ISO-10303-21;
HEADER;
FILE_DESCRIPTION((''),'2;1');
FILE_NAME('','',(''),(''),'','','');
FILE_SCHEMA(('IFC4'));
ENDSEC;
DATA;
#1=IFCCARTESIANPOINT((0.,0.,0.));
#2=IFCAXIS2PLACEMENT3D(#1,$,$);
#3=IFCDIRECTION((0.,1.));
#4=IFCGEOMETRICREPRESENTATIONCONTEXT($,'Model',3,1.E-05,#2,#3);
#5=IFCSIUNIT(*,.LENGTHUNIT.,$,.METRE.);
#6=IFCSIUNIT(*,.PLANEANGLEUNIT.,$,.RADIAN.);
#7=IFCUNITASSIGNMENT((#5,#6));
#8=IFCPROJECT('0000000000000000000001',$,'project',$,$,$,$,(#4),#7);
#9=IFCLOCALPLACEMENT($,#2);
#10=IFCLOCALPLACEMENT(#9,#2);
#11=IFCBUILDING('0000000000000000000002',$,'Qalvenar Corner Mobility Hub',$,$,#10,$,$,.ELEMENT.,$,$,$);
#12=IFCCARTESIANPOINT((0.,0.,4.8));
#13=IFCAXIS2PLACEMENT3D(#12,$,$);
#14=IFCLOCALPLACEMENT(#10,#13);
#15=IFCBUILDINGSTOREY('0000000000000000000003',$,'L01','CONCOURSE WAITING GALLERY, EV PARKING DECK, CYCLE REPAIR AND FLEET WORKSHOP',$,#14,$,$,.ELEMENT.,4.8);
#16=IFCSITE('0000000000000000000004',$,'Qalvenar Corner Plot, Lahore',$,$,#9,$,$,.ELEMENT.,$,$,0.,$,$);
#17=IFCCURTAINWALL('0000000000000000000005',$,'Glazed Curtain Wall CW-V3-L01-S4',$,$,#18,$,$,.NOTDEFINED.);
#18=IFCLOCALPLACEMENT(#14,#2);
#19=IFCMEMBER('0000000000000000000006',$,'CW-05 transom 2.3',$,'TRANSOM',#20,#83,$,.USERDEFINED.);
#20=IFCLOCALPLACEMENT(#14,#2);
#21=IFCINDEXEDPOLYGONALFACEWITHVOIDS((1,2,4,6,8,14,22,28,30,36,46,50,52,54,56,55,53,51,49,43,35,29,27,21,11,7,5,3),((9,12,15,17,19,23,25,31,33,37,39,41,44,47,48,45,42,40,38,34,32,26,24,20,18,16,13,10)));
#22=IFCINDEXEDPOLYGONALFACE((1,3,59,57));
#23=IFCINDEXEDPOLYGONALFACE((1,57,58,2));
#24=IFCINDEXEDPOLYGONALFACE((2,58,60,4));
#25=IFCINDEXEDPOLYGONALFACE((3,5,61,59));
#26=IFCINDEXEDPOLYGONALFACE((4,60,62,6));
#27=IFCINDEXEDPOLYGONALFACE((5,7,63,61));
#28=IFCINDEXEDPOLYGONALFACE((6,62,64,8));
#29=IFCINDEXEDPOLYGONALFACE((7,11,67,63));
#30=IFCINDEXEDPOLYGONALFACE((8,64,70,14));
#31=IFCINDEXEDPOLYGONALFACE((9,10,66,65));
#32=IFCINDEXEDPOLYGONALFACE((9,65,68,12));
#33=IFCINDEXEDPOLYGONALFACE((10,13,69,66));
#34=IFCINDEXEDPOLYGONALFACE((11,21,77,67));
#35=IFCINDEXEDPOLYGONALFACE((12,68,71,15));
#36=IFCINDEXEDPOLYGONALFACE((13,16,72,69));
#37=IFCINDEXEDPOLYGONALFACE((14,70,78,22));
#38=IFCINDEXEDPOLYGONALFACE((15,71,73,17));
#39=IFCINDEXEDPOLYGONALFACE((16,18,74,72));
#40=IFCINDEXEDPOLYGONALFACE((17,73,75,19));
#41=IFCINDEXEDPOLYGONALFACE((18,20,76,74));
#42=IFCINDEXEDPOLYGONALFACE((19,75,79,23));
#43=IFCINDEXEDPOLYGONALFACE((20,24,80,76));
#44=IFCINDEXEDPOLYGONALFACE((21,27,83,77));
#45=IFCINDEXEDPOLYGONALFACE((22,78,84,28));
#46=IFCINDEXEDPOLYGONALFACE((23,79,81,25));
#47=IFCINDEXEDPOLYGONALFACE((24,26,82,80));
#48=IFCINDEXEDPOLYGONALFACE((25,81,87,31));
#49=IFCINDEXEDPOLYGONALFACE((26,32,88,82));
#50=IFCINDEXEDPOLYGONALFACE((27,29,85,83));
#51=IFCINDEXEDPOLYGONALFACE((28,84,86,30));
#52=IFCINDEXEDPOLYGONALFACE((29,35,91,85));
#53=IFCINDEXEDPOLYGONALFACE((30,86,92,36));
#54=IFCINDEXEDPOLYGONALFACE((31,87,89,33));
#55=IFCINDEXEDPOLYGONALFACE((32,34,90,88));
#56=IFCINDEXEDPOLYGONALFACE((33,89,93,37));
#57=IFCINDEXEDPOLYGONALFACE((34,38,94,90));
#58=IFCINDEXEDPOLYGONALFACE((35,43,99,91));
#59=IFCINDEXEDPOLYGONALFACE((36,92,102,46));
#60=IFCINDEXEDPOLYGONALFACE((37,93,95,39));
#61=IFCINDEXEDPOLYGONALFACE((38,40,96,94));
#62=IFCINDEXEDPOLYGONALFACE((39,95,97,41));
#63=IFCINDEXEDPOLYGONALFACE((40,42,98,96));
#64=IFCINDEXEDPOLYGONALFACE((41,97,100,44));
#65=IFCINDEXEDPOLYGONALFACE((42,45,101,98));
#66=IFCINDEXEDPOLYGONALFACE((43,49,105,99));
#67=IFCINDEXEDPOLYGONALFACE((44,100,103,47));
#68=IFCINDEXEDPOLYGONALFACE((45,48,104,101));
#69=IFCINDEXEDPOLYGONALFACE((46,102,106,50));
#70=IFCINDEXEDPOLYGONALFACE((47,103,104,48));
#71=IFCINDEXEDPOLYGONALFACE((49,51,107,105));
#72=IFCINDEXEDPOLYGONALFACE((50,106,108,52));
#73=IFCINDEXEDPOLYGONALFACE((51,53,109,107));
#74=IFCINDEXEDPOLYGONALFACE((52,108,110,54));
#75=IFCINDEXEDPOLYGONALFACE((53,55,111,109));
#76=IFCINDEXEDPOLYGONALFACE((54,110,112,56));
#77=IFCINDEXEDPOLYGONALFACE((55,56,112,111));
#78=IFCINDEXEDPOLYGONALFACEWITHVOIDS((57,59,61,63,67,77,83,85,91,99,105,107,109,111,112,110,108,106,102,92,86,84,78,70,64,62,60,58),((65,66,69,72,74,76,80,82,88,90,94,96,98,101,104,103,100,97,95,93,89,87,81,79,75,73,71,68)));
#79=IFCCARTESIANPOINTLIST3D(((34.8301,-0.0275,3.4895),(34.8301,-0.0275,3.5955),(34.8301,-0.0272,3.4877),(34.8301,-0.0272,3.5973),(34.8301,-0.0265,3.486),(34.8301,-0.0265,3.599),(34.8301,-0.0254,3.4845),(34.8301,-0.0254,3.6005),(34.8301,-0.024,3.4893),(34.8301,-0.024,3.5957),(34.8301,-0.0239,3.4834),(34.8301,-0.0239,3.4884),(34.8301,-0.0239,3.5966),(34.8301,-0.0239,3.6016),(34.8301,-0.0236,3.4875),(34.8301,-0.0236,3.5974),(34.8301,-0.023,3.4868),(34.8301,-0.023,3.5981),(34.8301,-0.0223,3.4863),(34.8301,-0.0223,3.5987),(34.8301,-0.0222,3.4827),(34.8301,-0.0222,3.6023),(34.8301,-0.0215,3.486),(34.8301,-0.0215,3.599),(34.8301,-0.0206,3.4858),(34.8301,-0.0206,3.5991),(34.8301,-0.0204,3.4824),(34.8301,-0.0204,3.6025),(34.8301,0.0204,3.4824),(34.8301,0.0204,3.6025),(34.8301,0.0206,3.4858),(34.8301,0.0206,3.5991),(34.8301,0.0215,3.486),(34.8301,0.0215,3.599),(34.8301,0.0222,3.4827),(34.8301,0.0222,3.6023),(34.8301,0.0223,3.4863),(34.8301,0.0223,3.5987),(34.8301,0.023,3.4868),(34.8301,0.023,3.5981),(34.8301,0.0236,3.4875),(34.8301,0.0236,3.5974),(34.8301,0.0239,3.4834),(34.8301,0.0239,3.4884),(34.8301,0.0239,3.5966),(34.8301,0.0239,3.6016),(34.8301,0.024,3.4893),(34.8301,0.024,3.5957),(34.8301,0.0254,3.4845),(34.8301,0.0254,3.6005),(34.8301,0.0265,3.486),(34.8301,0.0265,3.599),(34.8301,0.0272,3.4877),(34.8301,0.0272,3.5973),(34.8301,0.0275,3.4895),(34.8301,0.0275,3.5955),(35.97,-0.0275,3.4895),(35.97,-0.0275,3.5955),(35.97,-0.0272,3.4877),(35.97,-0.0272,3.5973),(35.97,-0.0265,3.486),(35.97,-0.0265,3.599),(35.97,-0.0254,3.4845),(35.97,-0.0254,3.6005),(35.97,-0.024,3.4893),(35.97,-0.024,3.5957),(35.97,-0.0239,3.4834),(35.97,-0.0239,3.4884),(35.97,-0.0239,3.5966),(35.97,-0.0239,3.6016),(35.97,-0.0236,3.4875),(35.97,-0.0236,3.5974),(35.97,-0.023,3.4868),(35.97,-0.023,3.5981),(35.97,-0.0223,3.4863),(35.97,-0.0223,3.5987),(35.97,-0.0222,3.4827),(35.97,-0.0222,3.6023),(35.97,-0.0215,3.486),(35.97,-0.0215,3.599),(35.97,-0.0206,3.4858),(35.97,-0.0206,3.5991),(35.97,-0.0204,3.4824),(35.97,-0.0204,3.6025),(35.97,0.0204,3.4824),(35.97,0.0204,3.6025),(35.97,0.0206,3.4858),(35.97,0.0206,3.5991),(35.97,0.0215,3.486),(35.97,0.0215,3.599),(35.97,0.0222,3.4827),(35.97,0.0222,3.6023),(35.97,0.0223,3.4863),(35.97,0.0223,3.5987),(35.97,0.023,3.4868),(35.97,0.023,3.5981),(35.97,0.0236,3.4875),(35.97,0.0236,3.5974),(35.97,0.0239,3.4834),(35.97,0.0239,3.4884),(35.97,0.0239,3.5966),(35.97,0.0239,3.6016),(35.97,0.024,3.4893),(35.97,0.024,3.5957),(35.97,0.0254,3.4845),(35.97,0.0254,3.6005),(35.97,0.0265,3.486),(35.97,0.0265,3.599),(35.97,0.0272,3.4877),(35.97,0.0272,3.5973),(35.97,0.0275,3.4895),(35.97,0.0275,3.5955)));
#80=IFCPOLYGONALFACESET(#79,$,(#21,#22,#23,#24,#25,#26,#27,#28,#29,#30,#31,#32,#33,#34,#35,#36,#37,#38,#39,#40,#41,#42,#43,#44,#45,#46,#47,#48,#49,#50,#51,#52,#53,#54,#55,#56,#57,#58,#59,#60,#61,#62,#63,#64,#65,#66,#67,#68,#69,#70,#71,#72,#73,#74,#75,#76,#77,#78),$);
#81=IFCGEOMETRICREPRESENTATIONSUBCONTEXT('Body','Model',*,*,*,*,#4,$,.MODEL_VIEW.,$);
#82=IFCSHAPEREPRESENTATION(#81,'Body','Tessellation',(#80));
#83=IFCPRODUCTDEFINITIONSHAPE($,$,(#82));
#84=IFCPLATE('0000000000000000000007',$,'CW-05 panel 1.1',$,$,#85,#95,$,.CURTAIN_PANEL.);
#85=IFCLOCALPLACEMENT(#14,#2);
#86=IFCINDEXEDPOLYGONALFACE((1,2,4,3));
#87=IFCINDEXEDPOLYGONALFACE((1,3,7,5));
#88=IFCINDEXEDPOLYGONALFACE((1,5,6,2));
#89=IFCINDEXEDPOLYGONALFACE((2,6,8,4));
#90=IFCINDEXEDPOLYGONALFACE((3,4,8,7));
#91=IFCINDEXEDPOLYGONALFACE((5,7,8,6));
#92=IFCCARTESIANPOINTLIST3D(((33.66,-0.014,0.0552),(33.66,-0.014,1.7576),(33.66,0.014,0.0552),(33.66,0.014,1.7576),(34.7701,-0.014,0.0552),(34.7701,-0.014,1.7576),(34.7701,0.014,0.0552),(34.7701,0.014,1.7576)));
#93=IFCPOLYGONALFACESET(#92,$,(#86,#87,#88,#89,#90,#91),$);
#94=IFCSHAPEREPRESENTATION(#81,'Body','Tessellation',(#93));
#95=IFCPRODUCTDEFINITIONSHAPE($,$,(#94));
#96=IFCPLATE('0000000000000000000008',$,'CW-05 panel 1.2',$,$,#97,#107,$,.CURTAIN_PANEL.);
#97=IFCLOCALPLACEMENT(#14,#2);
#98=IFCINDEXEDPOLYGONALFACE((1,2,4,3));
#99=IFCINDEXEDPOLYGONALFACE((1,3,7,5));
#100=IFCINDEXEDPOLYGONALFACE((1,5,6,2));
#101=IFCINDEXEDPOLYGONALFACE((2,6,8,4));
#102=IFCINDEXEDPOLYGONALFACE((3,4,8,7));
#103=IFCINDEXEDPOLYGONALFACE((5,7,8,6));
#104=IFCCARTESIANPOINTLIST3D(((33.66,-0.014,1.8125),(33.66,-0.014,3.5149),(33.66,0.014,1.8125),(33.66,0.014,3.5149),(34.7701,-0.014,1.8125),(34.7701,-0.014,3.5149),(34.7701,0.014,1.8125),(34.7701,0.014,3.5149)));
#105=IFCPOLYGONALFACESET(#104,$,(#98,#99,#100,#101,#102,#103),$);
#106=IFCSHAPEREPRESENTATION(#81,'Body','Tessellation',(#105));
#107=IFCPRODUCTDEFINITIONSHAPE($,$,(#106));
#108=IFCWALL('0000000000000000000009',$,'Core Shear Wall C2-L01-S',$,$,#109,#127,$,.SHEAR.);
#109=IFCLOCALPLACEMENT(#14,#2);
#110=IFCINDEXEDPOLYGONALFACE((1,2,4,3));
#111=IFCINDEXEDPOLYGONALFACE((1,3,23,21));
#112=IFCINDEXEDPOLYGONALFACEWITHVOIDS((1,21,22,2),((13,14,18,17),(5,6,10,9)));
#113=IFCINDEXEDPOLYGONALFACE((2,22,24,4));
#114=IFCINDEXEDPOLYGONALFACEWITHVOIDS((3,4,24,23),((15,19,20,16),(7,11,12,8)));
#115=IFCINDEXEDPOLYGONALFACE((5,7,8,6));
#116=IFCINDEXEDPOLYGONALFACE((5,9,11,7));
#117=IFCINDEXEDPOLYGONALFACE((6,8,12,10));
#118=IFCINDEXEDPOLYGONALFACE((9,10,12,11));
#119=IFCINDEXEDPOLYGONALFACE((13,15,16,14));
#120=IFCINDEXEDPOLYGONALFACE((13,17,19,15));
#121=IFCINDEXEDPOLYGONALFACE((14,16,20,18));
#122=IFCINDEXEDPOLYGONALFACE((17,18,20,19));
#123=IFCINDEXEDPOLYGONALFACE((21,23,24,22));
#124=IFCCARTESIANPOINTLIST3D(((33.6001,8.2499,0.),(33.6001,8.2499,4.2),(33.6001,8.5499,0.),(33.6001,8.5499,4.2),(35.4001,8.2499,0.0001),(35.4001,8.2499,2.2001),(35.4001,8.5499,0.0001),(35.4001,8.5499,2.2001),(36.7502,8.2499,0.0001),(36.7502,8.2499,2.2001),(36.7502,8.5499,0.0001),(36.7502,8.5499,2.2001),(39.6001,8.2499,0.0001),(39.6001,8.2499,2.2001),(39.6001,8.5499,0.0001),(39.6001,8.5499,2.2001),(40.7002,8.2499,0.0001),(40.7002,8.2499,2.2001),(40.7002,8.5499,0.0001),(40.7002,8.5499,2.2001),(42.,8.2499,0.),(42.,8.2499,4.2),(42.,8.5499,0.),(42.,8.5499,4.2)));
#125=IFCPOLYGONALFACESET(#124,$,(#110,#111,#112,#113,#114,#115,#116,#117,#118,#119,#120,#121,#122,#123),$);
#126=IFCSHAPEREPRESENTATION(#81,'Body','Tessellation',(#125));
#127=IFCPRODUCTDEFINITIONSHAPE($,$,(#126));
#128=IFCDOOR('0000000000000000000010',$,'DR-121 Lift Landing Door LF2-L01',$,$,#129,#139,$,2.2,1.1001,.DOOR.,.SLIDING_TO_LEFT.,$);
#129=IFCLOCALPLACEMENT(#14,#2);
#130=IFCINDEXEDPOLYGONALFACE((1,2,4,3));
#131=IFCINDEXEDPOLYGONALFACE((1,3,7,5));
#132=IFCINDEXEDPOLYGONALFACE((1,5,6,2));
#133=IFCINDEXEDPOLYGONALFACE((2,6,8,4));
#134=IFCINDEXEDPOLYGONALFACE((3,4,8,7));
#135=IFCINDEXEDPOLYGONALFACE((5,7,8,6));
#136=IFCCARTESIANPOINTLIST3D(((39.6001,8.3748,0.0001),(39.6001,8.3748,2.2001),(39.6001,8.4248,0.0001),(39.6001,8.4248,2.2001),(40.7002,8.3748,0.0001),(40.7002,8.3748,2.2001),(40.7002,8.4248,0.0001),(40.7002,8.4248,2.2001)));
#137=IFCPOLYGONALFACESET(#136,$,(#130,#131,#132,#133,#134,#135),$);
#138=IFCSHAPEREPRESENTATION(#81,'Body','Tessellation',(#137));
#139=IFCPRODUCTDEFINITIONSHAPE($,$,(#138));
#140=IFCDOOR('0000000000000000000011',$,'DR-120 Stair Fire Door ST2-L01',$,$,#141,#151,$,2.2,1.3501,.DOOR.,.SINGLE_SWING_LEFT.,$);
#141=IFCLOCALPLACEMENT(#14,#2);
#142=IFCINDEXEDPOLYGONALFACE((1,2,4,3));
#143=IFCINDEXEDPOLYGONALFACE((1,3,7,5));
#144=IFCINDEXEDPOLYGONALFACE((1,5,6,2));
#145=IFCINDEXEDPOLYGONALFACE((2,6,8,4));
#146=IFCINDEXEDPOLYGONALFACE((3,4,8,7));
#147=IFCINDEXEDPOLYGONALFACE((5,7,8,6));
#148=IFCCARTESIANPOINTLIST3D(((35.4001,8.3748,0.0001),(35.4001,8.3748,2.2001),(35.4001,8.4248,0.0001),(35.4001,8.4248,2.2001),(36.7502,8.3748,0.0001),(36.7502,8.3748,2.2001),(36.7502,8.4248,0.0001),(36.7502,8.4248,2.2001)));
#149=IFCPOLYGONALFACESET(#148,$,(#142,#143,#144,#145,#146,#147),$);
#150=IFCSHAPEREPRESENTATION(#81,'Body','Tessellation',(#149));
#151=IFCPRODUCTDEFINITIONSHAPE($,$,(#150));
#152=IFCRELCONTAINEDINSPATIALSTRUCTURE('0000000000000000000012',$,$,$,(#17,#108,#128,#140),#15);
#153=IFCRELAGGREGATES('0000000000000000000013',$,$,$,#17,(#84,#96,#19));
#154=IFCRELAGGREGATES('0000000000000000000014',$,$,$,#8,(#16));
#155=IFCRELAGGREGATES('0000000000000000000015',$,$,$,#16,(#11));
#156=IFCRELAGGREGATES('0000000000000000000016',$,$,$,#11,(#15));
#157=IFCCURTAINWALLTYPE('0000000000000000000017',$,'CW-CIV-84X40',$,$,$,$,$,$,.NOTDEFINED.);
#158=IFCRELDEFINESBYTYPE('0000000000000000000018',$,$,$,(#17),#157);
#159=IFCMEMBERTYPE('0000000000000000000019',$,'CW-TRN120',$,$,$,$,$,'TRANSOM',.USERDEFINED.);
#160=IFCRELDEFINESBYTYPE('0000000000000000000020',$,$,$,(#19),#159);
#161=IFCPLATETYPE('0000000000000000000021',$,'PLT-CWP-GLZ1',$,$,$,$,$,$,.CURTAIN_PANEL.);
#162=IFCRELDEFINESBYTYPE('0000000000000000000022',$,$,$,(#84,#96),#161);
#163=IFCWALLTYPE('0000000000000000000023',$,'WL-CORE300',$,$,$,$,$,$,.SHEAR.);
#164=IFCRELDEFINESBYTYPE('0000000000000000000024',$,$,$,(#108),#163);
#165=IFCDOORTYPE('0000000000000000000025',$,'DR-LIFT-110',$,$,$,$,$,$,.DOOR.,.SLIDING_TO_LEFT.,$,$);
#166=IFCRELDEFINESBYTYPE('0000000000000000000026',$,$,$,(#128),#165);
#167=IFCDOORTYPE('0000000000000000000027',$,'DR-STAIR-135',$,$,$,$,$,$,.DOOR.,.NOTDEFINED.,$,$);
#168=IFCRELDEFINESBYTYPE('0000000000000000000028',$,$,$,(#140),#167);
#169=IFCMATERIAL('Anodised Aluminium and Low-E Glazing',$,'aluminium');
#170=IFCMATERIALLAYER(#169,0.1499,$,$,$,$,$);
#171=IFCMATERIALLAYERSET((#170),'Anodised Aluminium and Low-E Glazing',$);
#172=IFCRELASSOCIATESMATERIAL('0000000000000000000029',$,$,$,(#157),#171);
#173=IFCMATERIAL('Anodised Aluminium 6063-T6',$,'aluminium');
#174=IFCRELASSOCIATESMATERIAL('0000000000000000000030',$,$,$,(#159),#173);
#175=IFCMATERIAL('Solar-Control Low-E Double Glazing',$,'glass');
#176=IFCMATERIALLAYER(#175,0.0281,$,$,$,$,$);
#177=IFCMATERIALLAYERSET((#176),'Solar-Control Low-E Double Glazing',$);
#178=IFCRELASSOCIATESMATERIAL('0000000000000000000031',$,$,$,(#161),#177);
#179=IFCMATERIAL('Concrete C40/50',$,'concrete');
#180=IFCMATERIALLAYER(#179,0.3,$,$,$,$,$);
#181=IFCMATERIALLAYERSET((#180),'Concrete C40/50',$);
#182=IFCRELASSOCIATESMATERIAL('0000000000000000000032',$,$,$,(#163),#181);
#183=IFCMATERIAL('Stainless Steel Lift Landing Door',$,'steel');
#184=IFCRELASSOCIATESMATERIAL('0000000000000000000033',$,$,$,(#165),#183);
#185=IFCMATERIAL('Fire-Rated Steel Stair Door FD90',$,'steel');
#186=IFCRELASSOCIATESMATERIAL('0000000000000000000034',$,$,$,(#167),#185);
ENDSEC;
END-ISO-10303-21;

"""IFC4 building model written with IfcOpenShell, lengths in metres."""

from ifc_helpers import new_model, si_unit, direction, frame, frame_2d, origin, origin_2d, place, context, subcontext, project, spatial, rectangle, hollow_rectangle, extrude, material, layer, layer_set, material_profile, profile_set, type_object, element, fill, aggregate, save


model = new_model("IFC4")

# Units and contexts
model_context = context("Model", 3, precision=1e-05, world=origin(), true_north=direction((0.0, 1.0)))
body_context = subcontext(model_context, "Body", "Model", "MODEL_VIEW")
ifc_project = project(units=[si_unit("LENGTHUNIT", "METRE"), si_unit("PLANEANGLEUNIT", "RADIAN")], contexts=[model_context])

# Site, building, storey
site_placement = place(None, origin())
site = spatial("IfcSite", under=ifc_project, at=site_placement, Name="Qalvenar Corner Plot, Lahore", CompositionType="ELEMENT", RefElevation=0.0)
building_placement = place(site_placement, origin())
building = spatial("IfcBuilding", under=site, at=building_placement, Name="Qalvenar Corner Mobility Hub", CompositionType="ELEMENT")
storey_placement = place(building_placement, frame((0.0, 0.0, 4.8)))
storey = spatial("IfcBuildingStorey", under=building, at=storey_placement, Name="L01", Description="CONCOURSE WAITING GALLERY, EV PARKING DECK, CYCLE REPAIR AND FLEET WORKSHOP", CompositionType="ELEMENT", Elevation=4.8)

# Curtain wall, member, plates
ifc_material_1 = material(Name="Anodised Aluminium and Low-E Glazing", Category="aluminium")
ifc_layer_1 = layer(ifc_material_1, 0.1499)
ifc_layer_set_1 = layer_set([ifc_layer_1], Name="Anodised Aluminium and Low-E Glazing")
curtain_wall_type = type_object("IfcCurtainWallType", Name="CW-CIV-84X40", PredefinedType="NOTDEFINED", material=ifc_layer_set_1)
curtain_wall_placement = place(storey_placement, origin())
curtain_wall = element("IfcCurtainWall", 1, at=curtain_wall_placement, inside=storey, type_object=curtain_wall_type, Name="Glazed Curtain Wall CW-V3-L01-S4", PredefinedType="NOTDEFINED")
ifc_material_2 = material(Name="Anodised Aluminium 6063-T6", Category="aluminium")
ifc_material_profile_1 = material_profile(ifc_material_2, hollow_rectangle(XDim=0.0549, YDim=0.1201, WallThickness=0.0034, InnerFilletRadius=0.0034, OuterFilletRadius=0.0071, at=origin_2d()), Name="RHS120x55x3.5")
ifc_profile_set_1 = profile_set([ifc_material_profile_1], Name="Anodised Aluminium 6063-T6")
member_type_1 = type_object("IfcMemberType", Name="CW-TRN120", ElementType="TRANSOM", PredefinedType="USERDEFINED", material=ifc_profile_set_1)
member_1_placement = place(storey_placement, frame((34.8301, 0.0, 3.5425), z_axis=(1.0, 0.0, 0.0), x_axis=(0.0, 1.0, 0.0)))
member_1 = element("IfcMember", 2, at=member_1_placement, type_object=member_type_1, Name="CW-05 transom 2.3", ObjectType="TRANSOM", PredefinedType="USERDEFINED", context=body_context, shape_type="SweptSolid", body=[
    extrude(hollow_rectangle(XDim=0.0549, YDim=0.1201, WallThickness=0.0034, InnerFilletRadius=0.0034, OuterFilletRadius=0.0071, at=origin_2d()), origin(), (0.0, 0.0, 1.0), 1.1399),
])
ifc_material_3 = material(Name="Solar-Control Low-E Double Glazing", Category="glass")
ifc_layer_2 = layer(ifc_material_3, 0.0281)
ifc_layer_set_2 = layer_set([ifc_layer_2], Name="Solar-Control Low-E Double Glazing")
plate_type = type_object("IfcPlateType", Name="PLT-CWP-GLZ1", PredefinedType="CURTAIN_PANEL", material=ifc_layer_set_2)
plate_1_placement = place(storey_placement, frame((34.2151, 0.0, 0.0552), z_axis=(0.0, 0.0, 1.0), x_axis=(1.0, 0.0, 0.0)))
plate_1 = element("IfcPlate", 3, at=plate_1_placement, type_object=plate_type, Name="CW-05 panel 1.1", PredefinedType="CURTAIN_PANEL", context=body_context, shape_type="SweptSolid", body=[
    extrude(rectangle(XDim=1.1101, YDim=0.0281, at=origin_2d()), origin(), (0.0, 0.0, 1.0), 1.7024),
])
plate_2_placement = place(storey_placement, frame((34.2151, 0.0, 1.8125), z_axis=(0.0, 0.0, 1.0), x_axis=(1.0, 0.0, 0.0)))
plate_2 = element("IfcPlate", 4, at=plate_2_placement, type_object=plate_type, Name="CW-05 panel 1.2", PredefinedType="CURTAIN_PANEL", context=body_context, shape_type="SweptSolid", body=[
    extrude(rectangle(XDim=1.1101, YDim=0.0281, at=origin_2d()), origin(), (0.0, 0.0, 1.0), 1.7024),
])
aggregate(curtain_wall, [plate_1, plate_2, member_1])

# Wall, openings, doors
ifc_material_4 = material(Name="Concrete C40/50", Category="concrete")
ifc_layer_3 = layer(ifc_material_4, 0.3)
ifc_layer_set_3 = layer_set([ifc_layer_3], Name="Concrete C40/50")
wall_type_1 = type_object("IfcWallType", Name="WL-CORE300", PredefinedType="SHEAR", material=ifc_layer_set_3)
wall_1_placement = place(storey_placement, frame((33.6001, 8.3999, 0.0), z_axis=(0.0, 0.0, 1.0), x_axis=(1.0, 0.0, 0.0)))
wall_1 = element("IfcWall", 5, at=wall_1_placement, inside=storey, type_object=wall_type_1, Name="Core Shear Wall C2-L01-S", PredefinedType="SHEAR", context=body_context, shape_type="SweptSolid", body=[
    extrude(rectangle(XDim=8.3999, YDim=0.3, at=frame_2d((4.2, 0.0))), origin(), (0.0, 0.0, 1.0), 4.2),
])
opening_1_placement = place(wall_1_placement, frame((1.8, 0.0, 0.0)))
opening_1 = element("IfcOpeningElement", 6, at=opening_1_placement, cuts=wall_1, PredefinedType="OPENING", context=body_context, shape_type="SweptSolid", body=[
    extrude(rectangle(XDim=1.3501, YDim=2.2, at=frame_2d((0.675, 1.1001))), frame((0.0, 0.1602, 0.0), z_axis=(0.0, -1.0, 0.0), x_axis=(1.0, 0.0, 0.0)), (0.0, 0.0, 1.0), 0.3201),
])
opening_2_placement = place(wall_1_placement, frame((6.0, 0.0, 0.0)))
opening_2 = element("IfcOpeningElement", 7, at=opening_2_placement, cuts=wall_1, PredefinedType="OPENING", context=body_context, shape_type="SweptSolid", body=[
    extrude(rectangle(XDim=1.1001, YDim=2.2, at=frame_2d((0.55, 1.1001))), frame((0.0, 0.1602, 0.0), z_axis=(0.0, -1.0, 0.0), x_axis=(1.0, 0.0, 0.0)), (0.0, 0.0, 1.0), 0.3201),
])
ifc_material_5 = material(Name="Stainless Steel Lift Landing Door", Category="steel")
door_type_1 = type_object("IfcDoorType", Name="DR-LIFT-110", OperationType="SLIDING_TO_LEFT", PredefinedType="DOOR", material=ifc_material_5)
door_1_placement = place(opening_2_placement, origin())
door_1 = element("IfcDoor", 8, at=door_1_placement, inside=storey, type_object=door_type_1, Name="DR-121 Lift Landing Door LF2-L01", OperationType="SLIDING_TO_LEFT", OverallHeight=2.2, OverallWidth=1.1001, PredefinedType="DOOR", context=body_context, shape_type="SweptSolid", body=[
    extrude(rectangle(XDim=1.1001, YDim=2.2, at=frame_2d((0.55, 1.1001))), frame((0.0, 0.0249, 0.0), z_axis=(0.0, -1.0, 0.0), x_axis=(1.0, 0.0, 0.0)), (0.0, 0.0, 1.0), 0.05),
])
fill(opening_2, door_1)
ifc_material_6 = material(Name="Fire-Rated Steel Stair Door FD90", Category="steel")
door_type_2 = type_object("IfcDoorType", Name="DR-STAIR-135", OperationType="NOTDEFINED", PredefinedType="DOOR", material=ifc_material_6)
door_2_placement = place(opening_1_placement, origin())
door_2 = element("IfcDoor", 9, at=door_2_placement, inside=storey, type_object=door_type_2, Name="DR-120 Stair Fire Door ST2-L01", OperationType="SINGLE_SWING_LEFT", OverallHeight=2.2, OverallWidth=1.3501, PredefinedType="DOOR", context=body_context, shape_type="SweptSolid", body=[
    extrude(rectangle(XDim=1.3501, YDim=2.2, at=frame_2d((0.675, 1.1001))), frame((0.0, 0.0249, 0.0), z_axis=(0.0, -1.0, 0.0), x_axis=(1.0, 0.0, 0.0)), (0.0, 0.0, 1.0), 0.05),
])
fill(opening_1, door_2)

save(model, "model.ifc")
